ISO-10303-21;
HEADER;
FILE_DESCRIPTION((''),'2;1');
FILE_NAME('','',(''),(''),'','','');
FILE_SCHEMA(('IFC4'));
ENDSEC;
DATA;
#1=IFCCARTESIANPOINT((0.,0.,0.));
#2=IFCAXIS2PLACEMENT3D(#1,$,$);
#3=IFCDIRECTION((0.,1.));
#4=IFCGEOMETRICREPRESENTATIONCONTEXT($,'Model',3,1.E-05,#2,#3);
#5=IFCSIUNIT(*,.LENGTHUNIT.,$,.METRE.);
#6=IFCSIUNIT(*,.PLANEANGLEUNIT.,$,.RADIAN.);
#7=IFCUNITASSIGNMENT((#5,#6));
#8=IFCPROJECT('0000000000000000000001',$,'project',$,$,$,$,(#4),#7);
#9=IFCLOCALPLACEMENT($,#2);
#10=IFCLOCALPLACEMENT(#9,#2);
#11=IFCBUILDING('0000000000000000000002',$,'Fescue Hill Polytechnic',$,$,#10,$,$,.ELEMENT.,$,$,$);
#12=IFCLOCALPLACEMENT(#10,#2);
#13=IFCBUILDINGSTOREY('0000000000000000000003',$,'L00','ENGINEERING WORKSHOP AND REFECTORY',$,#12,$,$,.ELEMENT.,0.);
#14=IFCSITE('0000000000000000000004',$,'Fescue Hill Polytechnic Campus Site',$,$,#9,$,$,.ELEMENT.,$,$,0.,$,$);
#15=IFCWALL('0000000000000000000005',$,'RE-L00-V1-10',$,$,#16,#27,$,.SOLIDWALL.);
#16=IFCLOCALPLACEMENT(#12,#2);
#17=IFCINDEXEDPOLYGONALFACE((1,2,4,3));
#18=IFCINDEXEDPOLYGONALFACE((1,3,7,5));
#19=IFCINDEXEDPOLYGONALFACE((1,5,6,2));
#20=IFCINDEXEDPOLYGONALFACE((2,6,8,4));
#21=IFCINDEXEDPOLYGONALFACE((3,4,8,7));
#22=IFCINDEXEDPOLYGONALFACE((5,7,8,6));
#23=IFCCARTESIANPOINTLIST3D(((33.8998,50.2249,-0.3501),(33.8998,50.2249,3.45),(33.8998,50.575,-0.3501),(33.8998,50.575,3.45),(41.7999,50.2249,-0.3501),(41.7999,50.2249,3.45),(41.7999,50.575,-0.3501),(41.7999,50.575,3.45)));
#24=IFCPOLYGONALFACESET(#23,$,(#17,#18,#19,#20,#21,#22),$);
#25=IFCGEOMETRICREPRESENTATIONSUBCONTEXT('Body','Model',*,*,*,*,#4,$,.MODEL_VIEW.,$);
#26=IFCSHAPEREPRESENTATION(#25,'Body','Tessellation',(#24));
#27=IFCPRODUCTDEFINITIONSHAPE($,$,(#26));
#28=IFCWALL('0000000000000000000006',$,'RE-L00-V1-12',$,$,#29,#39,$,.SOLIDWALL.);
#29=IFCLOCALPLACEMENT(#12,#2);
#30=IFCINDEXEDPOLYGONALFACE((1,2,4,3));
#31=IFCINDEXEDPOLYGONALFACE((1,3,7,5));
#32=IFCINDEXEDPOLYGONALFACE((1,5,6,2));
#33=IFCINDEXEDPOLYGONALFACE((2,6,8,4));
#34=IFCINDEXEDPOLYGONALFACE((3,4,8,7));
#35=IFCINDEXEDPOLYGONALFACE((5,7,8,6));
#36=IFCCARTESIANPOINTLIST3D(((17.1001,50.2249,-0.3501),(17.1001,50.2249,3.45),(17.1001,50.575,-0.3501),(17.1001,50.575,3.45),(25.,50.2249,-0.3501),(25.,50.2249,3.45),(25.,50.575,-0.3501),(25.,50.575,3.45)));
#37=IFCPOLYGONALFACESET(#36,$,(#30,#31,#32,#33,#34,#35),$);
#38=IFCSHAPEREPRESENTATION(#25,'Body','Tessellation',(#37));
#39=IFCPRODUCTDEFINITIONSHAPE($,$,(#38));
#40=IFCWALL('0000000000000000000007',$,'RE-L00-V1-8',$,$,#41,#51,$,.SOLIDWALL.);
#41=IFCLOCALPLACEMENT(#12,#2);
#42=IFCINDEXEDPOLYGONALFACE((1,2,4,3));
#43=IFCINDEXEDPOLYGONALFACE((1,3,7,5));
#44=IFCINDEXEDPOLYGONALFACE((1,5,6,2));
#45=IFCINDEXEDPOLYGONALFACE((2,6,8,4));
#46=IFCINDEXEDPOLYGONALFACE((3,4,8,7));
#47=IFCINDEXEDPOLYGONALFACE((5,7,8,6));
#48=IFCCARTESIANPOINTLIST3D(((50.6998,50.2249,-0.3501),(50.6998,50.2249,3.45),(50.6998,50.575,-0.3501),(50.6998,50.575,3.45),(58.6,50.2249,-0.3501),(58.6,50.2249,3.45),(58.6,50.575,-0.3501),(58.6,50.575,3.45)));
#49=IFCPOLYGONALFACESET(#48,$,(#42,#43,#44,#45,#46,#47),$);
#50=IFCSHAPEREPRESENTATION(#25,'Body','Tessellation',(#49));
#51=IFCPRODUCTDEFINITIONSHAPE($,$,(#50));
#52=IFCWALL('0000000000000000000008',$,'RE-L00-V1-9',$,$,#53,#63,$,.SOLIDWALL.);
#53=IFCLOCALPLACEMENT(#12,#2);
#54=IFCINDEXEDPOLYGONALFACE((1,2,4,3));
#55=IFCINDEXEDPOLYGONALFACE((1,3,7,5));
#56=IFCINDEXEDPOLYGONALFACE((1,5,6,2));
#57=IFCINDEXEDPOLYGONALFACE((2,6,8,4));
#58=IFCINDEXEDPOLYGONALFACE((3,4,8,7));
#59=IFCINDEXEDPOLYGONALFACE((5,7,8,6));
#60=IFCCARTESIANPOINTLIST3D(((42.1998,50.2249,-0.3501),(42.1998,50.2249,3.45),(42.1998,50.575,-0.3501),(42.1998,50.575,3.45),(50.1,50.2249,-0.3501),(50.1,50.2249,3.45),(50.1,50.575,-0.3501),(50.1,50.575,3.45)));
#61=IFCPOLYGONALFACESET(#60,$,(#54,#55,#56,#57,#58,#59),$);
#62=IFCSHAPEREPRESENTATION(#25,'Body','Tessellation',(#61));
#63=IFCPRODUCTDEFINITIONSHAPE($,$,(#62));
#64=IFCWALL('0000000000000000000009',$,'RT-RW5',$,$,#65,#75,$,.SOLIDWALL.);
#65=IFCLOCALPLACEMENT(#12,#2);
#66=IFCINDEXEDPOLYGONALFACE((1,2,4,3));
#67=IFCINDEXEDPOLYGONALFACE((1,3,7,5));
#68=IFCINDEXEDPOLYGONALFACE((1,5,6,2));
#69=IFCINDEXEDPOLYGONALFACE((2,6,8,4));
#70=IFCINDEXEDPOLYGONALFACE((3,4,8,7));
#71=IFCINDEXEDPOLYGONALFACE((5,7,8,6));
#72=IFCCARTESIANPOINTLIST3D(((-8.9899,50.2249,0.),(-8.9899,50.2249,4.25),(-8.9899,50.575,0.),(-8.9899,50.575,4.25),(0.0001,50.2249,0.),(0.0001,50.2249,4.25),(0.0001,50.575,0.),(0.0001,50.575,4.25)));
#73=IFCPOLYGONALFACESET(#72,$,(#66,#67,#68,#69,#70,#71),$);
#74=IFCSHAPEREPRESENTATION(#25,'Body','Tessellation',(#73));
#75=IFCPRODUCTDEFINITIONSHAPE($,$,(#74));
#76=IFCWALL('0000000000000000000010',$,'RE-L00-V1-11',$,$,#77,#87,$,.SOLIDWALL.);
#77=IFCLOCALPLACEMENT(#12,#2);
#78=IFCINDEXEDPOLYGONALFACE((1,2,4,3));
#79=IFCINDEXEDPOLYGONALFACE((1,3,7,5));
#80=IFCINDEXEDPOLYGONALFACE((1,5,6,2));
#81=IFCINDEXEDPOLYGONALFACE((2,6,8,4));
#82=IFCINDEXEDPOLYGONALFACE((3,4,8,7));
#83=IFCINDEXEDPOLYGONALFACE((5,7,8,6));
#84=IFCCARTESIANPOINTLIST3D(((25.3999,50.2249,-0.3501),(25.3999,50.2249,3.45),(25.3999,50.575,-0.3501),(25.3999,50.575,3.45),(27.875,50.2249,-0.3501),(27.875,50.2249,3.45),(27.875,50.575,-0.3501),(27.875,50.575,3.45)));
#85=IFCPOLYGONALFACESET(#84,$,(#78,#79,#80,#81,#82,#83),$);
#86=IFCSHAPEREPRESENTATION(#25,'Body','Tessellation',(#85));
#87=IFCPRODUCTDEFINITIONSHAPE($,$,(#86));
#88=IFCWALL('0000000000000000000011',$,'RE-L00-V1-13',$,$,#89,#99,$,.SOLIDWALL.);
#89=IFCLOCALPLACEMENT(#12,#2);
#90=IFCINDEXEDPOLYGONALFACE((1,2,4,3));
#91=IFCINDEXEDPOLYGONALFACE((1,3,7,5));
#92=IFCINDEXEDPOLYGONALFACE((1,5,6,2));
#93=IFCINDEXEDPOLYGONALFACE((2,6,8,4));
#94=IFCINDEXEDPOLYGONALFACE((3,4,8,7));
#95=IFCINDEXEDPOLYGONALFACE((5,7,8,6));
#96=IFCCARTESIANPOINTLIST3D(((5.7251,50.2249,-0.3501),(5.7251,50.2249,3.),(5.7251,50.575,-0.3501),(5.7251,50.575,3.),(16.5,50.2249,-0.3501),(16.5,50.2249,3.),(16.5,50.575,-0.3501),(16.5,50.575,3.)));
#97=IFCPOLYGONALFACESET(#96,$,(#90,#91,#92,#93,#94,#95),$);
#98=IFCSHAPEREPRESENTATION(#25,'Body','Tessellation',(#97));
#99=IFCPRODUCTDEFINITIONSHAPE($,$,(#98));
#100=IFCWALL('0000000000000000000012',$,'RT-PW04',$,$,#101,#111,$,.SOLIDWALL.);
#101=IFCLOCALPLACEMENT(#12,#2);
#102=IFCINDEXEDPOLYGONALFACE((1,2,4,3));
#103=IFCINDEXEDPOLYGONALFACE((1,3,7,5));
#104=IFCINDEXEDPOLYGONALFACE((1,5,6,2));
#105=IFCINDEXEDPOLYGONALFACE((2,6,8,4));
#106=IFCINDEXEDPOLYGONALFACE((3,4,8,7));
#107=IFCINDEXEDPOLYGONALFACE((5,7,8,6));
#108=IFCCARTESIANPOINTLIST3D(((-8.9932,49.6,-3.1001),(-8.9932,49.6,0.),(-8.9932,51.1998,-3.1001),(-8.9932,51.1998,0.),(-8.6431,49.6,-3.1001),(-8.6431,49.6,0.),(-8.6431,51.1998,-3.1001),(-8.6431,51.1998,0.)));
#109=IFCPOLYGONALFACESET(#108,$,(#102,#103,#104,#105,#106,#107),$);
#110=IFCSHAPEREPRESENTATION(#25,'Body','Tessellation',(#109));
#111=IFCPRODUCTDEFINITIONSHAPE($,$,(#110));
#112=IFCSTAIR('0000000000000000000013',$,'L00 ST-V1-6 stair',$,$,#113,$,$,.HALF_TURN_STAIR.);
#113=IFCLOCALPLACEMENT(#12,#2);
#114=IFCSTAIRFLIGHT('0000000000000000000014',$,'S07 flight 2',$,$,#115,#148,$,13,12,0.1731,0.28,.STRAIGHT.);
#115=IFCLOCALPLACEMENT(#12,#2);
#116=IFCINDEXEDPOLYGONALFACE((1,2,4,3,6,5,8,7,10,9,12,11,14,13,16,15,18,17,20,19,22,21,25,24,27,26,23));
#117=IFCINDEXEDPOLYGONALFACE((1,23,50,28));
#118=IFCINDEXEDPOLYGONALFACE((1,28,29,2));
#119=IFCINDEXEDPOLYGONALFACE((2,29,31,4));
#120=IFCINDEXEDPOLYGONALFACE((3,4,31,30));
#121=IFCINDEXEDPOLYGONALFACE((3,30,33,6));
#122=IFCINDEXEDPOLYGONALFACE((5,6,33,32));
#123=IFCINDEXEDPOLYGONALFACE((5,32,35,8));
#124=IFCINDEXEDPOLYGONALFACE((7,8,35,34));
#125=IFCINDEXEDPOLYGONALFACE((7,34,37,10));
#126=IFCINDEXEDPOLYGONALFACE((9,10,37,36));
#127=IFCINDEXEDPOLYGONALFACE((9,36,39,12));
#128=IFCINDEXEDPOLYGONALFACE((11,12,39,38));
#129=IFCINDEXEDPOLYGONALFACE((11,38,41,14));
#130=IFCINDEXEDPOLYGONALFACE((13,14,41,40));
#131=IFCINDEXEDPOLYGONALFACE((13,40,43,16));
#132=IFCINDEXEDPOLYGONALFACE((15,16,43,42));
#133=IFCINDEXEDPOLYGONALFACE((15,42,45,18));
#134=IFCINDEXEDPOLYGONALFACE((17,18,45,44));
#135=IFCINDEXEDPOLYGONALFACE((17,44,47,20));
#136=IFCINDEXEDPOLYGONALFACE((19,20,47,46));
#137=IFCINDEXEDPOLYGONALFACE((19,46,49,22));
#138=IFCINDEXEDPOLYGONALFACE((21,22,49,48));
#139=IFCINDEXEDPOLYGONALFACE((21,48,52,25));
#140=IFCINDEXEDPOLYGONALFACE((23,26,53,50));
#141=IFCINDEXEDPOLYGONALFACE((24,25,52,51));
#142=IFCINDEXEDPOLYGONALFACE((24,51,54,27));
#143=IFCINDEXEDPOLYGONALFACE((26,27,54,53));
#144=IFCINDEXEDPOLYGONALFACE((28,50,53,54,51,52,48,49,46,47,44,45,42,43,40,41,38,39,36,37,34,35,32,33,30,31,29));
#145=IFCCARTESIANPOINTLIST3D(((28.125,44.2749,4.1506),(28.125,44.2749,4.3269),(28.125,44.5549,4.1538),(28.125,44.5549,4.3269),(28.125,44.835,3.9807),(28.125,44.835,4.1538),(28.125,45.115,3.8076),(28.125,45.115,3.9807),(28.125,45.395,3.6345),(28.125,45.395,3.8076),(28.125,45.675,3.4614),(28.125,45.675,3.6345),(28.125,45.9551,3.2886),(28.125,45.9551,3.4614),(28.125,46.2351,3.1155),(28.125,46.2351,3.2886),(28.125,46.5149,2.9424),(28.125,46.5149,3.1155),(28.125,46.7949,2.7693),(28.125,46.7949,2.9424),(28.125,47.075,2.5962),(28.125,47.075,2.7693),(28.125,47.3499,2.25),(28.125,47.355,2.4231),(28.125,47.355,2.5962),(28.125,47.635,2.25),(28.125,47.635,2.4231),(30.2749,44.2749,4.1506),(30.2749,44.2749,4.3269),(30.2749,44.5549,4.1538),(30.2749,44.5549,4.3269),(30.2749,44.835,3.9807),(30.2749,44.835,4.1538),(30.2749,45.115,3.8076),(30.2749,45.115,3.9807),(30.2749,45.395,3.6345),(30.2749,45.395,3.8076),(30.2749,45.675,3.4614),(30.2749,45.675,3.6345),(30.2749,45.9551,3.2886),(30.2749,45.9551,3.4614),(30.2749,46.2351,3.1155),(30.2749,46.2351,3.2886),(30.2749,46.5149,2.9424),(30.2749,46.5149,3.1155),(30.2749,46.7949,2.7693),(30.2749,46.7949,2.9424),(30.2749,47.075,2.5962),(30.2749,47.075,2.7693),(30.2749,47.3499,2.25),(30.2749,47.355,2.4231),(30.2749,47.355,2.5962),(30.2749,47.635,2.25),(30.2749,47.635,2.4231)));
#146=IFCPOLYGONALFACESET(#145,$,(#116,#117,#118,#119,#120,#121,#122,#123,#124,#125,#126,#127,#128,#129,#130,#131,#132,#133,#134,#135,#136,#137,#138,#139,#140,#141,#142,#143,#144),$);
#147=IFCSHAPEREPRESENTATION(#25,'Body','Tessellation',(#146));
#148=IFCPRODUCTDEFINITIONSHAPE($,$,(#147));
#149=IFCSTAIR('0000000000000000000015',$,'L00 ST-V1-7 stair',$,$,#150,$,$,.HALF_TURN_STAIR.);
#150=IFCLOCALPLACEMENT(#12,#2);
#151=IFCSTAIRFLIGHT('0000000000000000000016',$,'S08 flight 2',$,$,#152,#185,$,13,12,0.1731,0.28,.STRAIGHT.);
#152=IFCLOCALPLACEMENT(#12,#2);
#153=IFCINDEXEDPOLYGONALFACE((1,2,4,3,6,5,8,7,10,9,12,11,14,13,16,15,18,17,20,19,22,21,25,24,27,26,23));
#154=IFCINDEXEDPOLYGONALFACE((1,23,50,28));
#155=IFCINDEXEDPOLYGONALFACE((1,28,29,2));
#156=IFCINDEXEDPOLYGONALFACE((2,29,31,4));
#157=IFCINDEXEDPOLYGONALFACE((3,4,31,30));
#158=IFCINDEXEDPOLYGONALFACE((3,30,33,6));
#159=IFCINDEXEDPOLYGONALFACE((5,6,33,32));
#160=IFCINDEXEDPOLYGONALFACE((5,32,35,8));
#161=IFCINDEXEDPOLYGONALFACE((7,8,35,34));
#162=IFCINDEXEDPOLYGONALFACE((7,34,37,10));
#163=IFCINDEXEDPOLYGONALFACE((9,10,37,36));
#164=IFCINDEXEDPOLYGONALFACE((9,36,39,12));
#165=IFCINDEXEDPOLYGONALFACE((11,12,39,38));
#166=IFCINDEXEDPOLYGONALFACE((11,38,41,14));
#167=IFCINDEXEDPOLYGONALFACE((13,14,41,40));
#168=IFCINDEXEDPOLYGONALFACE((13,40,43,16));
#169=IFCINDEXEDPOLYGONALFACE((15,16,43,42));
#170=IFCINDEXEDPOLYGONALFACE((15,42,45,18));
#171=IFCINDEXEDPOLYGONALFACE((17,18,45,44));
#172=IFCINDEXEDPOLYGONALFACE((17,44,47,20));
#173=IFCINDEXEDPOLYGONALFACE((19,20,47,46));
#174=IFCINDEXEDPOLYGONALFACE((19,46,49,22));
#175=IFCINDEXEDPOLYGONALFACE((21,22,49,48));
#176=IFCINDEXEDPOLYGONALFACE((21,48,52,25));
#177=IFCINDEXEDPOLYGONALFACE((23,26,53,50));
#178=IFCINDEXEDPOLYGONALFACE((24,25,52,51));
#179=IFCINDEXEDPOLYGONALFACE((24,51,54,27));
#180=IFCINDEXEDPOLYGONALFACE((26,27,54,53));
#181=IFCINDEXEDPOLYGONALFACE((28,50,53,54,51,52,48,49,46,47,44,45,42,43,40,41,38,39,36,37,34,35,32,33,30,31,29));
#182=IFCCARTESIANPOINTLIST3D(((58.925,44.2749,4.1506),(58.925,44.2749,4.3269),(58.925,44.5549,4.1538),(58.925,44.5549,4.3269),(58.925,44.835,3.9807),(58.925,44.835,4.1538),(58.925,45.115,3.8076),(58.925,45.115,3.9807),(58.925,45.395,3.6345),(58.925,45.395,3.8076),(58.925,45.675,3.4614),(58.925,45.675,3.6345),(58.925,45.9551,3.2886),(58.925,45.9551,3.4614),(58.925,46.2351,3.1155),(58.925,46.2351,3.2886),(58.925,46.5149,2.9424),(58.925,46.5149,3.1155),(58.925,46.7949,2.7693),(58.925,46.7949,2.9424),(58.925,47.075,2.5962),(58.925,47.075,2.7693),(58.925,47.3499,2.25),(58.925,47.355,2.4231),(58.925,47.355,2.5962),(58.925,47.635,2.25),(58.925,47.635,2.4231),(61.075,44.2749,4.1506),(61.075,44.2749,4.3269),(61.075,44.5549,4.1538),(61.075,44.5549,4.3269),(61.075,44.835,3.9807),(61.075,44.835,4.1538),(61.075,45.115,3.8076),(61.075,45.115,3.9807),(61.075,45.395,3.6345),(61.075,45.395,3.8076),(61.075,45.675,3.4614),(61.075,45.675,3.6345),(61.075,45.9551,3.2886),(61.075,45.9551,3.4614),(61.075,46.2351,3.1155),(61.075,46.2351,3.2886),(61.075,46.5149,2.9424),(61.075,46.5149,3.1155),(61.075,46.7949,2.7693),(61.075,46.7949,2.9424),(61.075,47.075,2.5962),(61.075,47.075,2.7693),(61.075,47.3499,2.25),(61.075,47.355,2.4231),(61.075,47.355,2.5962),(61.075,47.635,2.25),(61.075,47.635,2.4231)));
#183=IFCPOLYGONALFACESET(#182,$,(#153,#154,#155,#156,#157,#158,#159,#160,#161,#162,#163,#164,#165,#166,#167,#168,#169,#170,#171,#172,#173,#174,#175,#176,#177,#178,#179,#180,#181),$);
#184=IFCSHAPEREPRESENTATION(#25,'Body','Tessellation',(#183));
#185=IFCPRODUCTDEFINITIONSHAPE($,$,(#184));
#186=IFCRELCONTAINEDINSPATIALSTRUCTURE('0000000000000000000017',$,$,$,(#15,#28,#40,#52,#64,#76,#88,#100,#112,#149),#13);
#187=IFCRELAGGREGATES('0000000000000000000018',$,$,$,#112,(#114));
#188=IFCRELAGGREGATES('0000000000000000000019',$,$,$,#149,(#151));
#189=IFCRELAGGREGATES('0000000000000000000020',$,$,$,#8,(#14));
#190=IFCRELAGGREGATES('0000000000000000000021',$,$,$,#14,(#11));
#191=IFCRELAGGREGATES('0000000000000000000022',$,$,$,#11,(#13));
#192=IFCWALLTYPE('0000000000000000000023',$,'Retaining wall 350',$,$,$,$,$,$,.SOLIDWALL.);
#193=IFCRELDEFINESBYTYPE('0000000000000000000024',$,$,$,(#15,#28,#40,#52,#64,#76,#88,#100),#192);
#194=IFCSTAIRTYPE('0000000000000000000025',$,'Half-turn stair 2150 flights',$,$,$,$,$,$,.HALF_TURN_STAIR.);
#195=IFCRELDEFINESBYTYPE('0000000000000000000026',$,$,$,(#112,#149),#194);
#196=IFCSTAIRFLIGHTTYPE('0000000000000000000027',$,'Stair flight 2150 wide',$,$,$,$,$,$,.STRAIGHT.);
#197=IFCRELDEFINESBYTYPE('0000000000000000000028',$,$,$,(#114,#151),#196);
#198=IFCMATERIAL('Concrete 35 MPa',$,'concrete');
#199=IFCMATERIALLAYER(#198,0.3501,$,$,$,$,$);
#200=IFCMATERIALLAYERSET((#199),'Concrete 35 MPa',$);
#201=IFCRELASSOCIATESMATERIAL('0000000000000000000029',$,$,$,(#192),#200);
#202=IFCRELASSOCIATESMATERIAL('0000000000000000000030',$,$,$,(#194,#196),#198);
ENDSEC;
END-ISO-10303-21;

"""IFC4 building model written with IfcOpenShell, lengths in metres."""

from ifc_helpers import new_model, si_unit, direction, frame, frame_2d, origin, place, context, subcontext, project, spatial, polyline, rectangle, outline, extrude, material, layer, layer_set, type_object, element, aggregate, save


model = new_model("IFC4")

# Units and contexts
model_context = context("Model", 3, precision=1e-05, world=origin(), true_north=direction((0.0, 1.0)))
body_context = subcontext(model_context, "Body", "Model", "MODEL_VIEW")
ifc_project = project(units=[si_unit("LENGTHUNIT", "METRE"), si_unit("PLANEANGLEUNIT", "RADIAN")], contexts=[model_context])

# Site, building, storey
site_placement = place(None, origin())
site = spatial("IfcSite", under=ifc_project, at=site_placement, Name="Fescue Hill Polytechnic Campus Site", CompositionType="ELEMENT", RefElevation=0.0)
building_placement = place(site_placement, origin())
building = spatial("IfcBuilding", under=site, at=building_placement, Name="Fescue Hill Polytechnic", CompositionType="ELEMENT")
storey_placement = place(building_placement, origin())
storey = spatial("IfcBuildingStorey", under=building, at=storey_placement, Name="L00", Description="ENGINEERING WORKSHOP AND REFECTORY", CompositionType="ELEMENT", Elevation=0.0)

# Walls
ifc_material_1 = material(Name="Concrete 35 MPa", Category="concrete")
ifc_layer_1 = layer(ifc_material_1, 0.3501)
ifc_layer_set_1 = layer_set([ifc_layer_1], Name="Concrete 35 MPa")
wall_type_1 = type_object("IfcWallType", Name="Retaining wall 350", PredefinedType="SOLIDWALL", material=ifc_layer_set_1)
wall_1_placement = place(storey_placement, frame((41.8, 50.3999, -0.3501), z_axis=(0.0, 0.0, 1.0), x_axis=(-1.0, 0.0, 0.0)))
element("IfcWall", 1, at=wall_1_placement, inside=storey, type_object=wall_type_1, Name="RE-L00-V1-10", PredefinedType="SOLIDWALL", context=body_context, shape_type="SweptSolid", body=[
    extrude(rectangle(XDim=7.9001, YDim=0.3501, at=frame_2d((3.9502, 0.0))), origin(), (0.0, 0.0, 1.0), 3.8),
])
wall_2_placement = place(storey_placement, frame((25.0, 50.3999, -0.3501), z_axis=(0.0, 0.0, 1.0), x_axis=(-1.0, 0.0, 0.0)))
element("IfcWall", 2, at=wall_2_placement, inside=storey, type_object=wall_type_1, Name="RE-L00-V1-12", PredefinedType="SOLIDWALL", context=body_context, shape_type="SweptSolid", body=[
    extrude(rectangle(XDim=7.8999, YDim=0.3501, at=frame_2d((3.95, 0.0))), origin(), (0.0, 0.0, 1.0), 3.8),
])
for number, where, z_axis, x_axis, name in (
    (3, (58.6001, 50.3999, -0.3501), (0.0, 0.0, 1.0), (-1.0, 0.0, 0.0), "RE-L00-V1-8"),
    (4, (50.1001, 50.3999, -0.3501), (0.0, 0.0, 1.0), (-1.0, 0.0, 0.0), "RE-L00-V1-9"),
):
    element("IfcWall", number, at=place(storey_placement, frame(where, z_axis=z_axis, x_axis=x_axis)), inside=storey, type_object=wall_type_1, Name=name, PredefinedType="SOLIDWALL", context=body_context, shape_type="SweptSolid", body=[
        extrude(rectangle(XDim=7.9001, YDim=0.3501, at=frame_2d((3.9502, 0.0))), origin(), (0.0, 0.0, 1.0), 3.8),
    ])
wall_3_placement = place(storey_placement, frame((-8.99, 50.3999, 0.0), z_axis=(0.0, 0.0, 1.0), x_axis=(1.0, 0.0, 0.0)))
element("IfcWall", 5, at=wall_3_placement, inside=storey, type_object=wall_type_1, Name="RT-RW5", PredefinedType="SOLIDWALL", context=body_context, shape_type="SweptSolid", body=[
    extrude(rectangle(XDim=8.99, YDim=0.3501, at=frame_2d((4.4951, 0.0))), origin(), (0.0, 0.0, 1.0), 4.25),
])
wall_4_placement = place(storey_placement, frame((27.875, 50.3999, -0.3501), z_axis=(0.0, 0.0, 1.0), x_axis=(-1.0, 0.0, 0.0)))
element("IfcWall", 6, at=wall_4_placement, inside=storey, type_object=wall_type_1, Name="RE-L00-V1-11", PredefinedType="SOLIDWALL", context=body_context, shape_type="SweptSolid", body=[
    extrude(rectangle(XDim=2.4751, YDim=0.3501, at=frame_2d((1.2375, 0.0))), origin(), (0.0, 0.0, 1.0), 3.8),
])
wall_5_placement = place(storey_placement, frame((16.5, 50.3999, -0.3501), z_axis=(0.0, 0.0, 1.0), x_axis=(-1.0, 0.0, 0.0)))
element("IfcWall", 7, at=wall_5_placement, inside=storey, type_object=wall_type_1, Name="RE-L00-V1-13", PredefinedType="SOLIDWALL", context=body_context, shape_type="SweptSolid", body=[
    extrude(rectangle(XDim=10.7749, YDim=0.3501, at=frame_2d((5.3875, 0.0))), origin(), (0.0, 0.0, 1.0), 3.3501),
])
wall_6_placement = place(storey_placement, frame((-8.8181, 49.6001, -3.1001), z_axis=(0.0, 0.0, 1.0), x_axis=(0.0, 1.0, 0.0)))
element("IfcWall", 8, at=wall_6_placement, inside=storey, type_object=wall_type_1, Name="RT-PW04", PredefinedType="SOLIDWALL", context=body_context, shape_type="SweptSolid", body=[
    extrude(rectangle(XDim=1.5999, YDim=0.3501, at=frame_2d((0.7998, 0.0))), origin(), (0.0, 0.0, 1.0), 3.1001),
])

# Stairs, stair flights
stair_type = type_object("IfcStairType", Name="Half-turn stair 2150 flights", PredefinedType="HALF_TURN_STAIR", material=ifc_material_1)
stair_1_placement = place(storey_placement, origin())
stair_1 = element("IfcStair", 9, at=stair_1_placement, inside=storey, type_object=stair_type, Name="L00 ST-V1-6 stair", PredefinedType="HALF_TURN_STAIR")
stair_flight_type = type_object("IfcStairFlightType", Name="Stair flight 2150 wide", PredefinedType="STRAIGHT", material=ifc_material_1)
stair_flight_1_placement = place(storey_placement, frame((29.2, 47.635, 2.25), z_axis=(0.0, 0.0, 1.0), x_axis=(0.0, -1.0, 0.0)))
stair_flight_1 = element("IfcStairFlight", 10, at=stair_flight_1_placement, type_object=stair_flight_type, Name="S07 flight 2", NumberOfRisers=13, NumberOfTreads=12, PredefinedType="STRAIGHT", RiserHeight=0.1731, TreadLength=0.28, context=body_context, shape_type="SweptSolid", body=[
    extrude(outline(polyline([(0.0, 0.0), (0.0, 0.1731), (0.28, 0.1731), (0.28, 0.3462), (0.5601, 0.3462), (0.5601, 0.5193), (0.8401, 0.5193), (0.8401, 0.6924), (1.1201, 0.6924), (1.1201, 0.8655), (1.3999, 0.8655), (1.3999, 1.0386), (1.6799, 1.0386), (1.6799, 1.2114), (1.96, 1.2114), (1.96, 1.3845), (2.24, 1.3845), (2.24, 1.5576), (2.52, 1.5576), (2.52, 1.7307), (2.8, 1.7307), (2.8, 1.9038), (3.0801, 1.9038), (3.0801, 2.0769), (3.3601, 2.0769), (3.3601, 2.25), (3.3601, 1.9006), (0.2852, 0.0), (0.0, 0.0)])), frame((0.0, 1.075, 0.0), z_axis=(0.0, -1.0, 0.0), x_axis=(1.0, 0.0, 0.0)), (0.0, 0.0, 1.0), 2.1499),
])
aggregate(stair_1, [stair_flight_1])
stair_2_placement = place(storey_placement, origin())
stair_2 = element("IfcStair", 11, at=stair_2_placement, inside=storey, type_object=stair_type, Name="L00 ST-V1-7 stair", PredefinedType="HALF_TURN_STAIR")
stair_flight_2_placement = place(storey_placement, frame((60.0, 47.635, 2.25), z_axis=(0.0, 0.0, 1.0), x_axis=(0.0, -1.0, 0.0)))
stair_flight_2 = element("IfcStairFlight", 12, at=stair_flight_2_placement, type_object=stair_flight_type, Name="S08 flight 2", NumberOfRisers=13, NumberOfTreads=12, PredefinedType="STRAIGHT", RiserHeight=0.1731, TreadLength=0.28, context=body_context, shape_type="SweptSolid", body=[
    extrude(outline(polyline([(0.0, 0.0), (0.0, 0.1731), (0.28, 0.1731), (0.28, 0.3462), (0.5601, 0.3462), (0.5601, 0.5193), (0.8401, 0.5193), (0.8401, 0.6924), (1.1201, 0.6924), (1.1201, 0.8655), (1.3999, 0.8655), (1.3999, 1.0386), (1.6799, 1.0386), (1.6799, 1.2114), (1.96, 1.2114), (1.96, 1.3845), (2.24, 1.3845), (2.24, 1.5576), (2.52, 1.5576), (2.52, 1.7307), (2.8, 1.7307), (2.8, 1.9038), (3.0801, 1.9038), (3.0801, 2.0769), (3.3601, 2.0769), (3.3601, 2.25), (3.3601, 1.9006), (0.2852, 0.0), (0.0, 0.0)])), frame((0.0, 1.075, 0.0), z_axis=(0.0, -1.0, 0.0), x_axis=(1.0, 0.0, 0.0)), (0.0, 0.0, 1.0), 2.1499),
])
aggregate(stair_2, [stair_flight_2])

save(model, "model.ifc")
